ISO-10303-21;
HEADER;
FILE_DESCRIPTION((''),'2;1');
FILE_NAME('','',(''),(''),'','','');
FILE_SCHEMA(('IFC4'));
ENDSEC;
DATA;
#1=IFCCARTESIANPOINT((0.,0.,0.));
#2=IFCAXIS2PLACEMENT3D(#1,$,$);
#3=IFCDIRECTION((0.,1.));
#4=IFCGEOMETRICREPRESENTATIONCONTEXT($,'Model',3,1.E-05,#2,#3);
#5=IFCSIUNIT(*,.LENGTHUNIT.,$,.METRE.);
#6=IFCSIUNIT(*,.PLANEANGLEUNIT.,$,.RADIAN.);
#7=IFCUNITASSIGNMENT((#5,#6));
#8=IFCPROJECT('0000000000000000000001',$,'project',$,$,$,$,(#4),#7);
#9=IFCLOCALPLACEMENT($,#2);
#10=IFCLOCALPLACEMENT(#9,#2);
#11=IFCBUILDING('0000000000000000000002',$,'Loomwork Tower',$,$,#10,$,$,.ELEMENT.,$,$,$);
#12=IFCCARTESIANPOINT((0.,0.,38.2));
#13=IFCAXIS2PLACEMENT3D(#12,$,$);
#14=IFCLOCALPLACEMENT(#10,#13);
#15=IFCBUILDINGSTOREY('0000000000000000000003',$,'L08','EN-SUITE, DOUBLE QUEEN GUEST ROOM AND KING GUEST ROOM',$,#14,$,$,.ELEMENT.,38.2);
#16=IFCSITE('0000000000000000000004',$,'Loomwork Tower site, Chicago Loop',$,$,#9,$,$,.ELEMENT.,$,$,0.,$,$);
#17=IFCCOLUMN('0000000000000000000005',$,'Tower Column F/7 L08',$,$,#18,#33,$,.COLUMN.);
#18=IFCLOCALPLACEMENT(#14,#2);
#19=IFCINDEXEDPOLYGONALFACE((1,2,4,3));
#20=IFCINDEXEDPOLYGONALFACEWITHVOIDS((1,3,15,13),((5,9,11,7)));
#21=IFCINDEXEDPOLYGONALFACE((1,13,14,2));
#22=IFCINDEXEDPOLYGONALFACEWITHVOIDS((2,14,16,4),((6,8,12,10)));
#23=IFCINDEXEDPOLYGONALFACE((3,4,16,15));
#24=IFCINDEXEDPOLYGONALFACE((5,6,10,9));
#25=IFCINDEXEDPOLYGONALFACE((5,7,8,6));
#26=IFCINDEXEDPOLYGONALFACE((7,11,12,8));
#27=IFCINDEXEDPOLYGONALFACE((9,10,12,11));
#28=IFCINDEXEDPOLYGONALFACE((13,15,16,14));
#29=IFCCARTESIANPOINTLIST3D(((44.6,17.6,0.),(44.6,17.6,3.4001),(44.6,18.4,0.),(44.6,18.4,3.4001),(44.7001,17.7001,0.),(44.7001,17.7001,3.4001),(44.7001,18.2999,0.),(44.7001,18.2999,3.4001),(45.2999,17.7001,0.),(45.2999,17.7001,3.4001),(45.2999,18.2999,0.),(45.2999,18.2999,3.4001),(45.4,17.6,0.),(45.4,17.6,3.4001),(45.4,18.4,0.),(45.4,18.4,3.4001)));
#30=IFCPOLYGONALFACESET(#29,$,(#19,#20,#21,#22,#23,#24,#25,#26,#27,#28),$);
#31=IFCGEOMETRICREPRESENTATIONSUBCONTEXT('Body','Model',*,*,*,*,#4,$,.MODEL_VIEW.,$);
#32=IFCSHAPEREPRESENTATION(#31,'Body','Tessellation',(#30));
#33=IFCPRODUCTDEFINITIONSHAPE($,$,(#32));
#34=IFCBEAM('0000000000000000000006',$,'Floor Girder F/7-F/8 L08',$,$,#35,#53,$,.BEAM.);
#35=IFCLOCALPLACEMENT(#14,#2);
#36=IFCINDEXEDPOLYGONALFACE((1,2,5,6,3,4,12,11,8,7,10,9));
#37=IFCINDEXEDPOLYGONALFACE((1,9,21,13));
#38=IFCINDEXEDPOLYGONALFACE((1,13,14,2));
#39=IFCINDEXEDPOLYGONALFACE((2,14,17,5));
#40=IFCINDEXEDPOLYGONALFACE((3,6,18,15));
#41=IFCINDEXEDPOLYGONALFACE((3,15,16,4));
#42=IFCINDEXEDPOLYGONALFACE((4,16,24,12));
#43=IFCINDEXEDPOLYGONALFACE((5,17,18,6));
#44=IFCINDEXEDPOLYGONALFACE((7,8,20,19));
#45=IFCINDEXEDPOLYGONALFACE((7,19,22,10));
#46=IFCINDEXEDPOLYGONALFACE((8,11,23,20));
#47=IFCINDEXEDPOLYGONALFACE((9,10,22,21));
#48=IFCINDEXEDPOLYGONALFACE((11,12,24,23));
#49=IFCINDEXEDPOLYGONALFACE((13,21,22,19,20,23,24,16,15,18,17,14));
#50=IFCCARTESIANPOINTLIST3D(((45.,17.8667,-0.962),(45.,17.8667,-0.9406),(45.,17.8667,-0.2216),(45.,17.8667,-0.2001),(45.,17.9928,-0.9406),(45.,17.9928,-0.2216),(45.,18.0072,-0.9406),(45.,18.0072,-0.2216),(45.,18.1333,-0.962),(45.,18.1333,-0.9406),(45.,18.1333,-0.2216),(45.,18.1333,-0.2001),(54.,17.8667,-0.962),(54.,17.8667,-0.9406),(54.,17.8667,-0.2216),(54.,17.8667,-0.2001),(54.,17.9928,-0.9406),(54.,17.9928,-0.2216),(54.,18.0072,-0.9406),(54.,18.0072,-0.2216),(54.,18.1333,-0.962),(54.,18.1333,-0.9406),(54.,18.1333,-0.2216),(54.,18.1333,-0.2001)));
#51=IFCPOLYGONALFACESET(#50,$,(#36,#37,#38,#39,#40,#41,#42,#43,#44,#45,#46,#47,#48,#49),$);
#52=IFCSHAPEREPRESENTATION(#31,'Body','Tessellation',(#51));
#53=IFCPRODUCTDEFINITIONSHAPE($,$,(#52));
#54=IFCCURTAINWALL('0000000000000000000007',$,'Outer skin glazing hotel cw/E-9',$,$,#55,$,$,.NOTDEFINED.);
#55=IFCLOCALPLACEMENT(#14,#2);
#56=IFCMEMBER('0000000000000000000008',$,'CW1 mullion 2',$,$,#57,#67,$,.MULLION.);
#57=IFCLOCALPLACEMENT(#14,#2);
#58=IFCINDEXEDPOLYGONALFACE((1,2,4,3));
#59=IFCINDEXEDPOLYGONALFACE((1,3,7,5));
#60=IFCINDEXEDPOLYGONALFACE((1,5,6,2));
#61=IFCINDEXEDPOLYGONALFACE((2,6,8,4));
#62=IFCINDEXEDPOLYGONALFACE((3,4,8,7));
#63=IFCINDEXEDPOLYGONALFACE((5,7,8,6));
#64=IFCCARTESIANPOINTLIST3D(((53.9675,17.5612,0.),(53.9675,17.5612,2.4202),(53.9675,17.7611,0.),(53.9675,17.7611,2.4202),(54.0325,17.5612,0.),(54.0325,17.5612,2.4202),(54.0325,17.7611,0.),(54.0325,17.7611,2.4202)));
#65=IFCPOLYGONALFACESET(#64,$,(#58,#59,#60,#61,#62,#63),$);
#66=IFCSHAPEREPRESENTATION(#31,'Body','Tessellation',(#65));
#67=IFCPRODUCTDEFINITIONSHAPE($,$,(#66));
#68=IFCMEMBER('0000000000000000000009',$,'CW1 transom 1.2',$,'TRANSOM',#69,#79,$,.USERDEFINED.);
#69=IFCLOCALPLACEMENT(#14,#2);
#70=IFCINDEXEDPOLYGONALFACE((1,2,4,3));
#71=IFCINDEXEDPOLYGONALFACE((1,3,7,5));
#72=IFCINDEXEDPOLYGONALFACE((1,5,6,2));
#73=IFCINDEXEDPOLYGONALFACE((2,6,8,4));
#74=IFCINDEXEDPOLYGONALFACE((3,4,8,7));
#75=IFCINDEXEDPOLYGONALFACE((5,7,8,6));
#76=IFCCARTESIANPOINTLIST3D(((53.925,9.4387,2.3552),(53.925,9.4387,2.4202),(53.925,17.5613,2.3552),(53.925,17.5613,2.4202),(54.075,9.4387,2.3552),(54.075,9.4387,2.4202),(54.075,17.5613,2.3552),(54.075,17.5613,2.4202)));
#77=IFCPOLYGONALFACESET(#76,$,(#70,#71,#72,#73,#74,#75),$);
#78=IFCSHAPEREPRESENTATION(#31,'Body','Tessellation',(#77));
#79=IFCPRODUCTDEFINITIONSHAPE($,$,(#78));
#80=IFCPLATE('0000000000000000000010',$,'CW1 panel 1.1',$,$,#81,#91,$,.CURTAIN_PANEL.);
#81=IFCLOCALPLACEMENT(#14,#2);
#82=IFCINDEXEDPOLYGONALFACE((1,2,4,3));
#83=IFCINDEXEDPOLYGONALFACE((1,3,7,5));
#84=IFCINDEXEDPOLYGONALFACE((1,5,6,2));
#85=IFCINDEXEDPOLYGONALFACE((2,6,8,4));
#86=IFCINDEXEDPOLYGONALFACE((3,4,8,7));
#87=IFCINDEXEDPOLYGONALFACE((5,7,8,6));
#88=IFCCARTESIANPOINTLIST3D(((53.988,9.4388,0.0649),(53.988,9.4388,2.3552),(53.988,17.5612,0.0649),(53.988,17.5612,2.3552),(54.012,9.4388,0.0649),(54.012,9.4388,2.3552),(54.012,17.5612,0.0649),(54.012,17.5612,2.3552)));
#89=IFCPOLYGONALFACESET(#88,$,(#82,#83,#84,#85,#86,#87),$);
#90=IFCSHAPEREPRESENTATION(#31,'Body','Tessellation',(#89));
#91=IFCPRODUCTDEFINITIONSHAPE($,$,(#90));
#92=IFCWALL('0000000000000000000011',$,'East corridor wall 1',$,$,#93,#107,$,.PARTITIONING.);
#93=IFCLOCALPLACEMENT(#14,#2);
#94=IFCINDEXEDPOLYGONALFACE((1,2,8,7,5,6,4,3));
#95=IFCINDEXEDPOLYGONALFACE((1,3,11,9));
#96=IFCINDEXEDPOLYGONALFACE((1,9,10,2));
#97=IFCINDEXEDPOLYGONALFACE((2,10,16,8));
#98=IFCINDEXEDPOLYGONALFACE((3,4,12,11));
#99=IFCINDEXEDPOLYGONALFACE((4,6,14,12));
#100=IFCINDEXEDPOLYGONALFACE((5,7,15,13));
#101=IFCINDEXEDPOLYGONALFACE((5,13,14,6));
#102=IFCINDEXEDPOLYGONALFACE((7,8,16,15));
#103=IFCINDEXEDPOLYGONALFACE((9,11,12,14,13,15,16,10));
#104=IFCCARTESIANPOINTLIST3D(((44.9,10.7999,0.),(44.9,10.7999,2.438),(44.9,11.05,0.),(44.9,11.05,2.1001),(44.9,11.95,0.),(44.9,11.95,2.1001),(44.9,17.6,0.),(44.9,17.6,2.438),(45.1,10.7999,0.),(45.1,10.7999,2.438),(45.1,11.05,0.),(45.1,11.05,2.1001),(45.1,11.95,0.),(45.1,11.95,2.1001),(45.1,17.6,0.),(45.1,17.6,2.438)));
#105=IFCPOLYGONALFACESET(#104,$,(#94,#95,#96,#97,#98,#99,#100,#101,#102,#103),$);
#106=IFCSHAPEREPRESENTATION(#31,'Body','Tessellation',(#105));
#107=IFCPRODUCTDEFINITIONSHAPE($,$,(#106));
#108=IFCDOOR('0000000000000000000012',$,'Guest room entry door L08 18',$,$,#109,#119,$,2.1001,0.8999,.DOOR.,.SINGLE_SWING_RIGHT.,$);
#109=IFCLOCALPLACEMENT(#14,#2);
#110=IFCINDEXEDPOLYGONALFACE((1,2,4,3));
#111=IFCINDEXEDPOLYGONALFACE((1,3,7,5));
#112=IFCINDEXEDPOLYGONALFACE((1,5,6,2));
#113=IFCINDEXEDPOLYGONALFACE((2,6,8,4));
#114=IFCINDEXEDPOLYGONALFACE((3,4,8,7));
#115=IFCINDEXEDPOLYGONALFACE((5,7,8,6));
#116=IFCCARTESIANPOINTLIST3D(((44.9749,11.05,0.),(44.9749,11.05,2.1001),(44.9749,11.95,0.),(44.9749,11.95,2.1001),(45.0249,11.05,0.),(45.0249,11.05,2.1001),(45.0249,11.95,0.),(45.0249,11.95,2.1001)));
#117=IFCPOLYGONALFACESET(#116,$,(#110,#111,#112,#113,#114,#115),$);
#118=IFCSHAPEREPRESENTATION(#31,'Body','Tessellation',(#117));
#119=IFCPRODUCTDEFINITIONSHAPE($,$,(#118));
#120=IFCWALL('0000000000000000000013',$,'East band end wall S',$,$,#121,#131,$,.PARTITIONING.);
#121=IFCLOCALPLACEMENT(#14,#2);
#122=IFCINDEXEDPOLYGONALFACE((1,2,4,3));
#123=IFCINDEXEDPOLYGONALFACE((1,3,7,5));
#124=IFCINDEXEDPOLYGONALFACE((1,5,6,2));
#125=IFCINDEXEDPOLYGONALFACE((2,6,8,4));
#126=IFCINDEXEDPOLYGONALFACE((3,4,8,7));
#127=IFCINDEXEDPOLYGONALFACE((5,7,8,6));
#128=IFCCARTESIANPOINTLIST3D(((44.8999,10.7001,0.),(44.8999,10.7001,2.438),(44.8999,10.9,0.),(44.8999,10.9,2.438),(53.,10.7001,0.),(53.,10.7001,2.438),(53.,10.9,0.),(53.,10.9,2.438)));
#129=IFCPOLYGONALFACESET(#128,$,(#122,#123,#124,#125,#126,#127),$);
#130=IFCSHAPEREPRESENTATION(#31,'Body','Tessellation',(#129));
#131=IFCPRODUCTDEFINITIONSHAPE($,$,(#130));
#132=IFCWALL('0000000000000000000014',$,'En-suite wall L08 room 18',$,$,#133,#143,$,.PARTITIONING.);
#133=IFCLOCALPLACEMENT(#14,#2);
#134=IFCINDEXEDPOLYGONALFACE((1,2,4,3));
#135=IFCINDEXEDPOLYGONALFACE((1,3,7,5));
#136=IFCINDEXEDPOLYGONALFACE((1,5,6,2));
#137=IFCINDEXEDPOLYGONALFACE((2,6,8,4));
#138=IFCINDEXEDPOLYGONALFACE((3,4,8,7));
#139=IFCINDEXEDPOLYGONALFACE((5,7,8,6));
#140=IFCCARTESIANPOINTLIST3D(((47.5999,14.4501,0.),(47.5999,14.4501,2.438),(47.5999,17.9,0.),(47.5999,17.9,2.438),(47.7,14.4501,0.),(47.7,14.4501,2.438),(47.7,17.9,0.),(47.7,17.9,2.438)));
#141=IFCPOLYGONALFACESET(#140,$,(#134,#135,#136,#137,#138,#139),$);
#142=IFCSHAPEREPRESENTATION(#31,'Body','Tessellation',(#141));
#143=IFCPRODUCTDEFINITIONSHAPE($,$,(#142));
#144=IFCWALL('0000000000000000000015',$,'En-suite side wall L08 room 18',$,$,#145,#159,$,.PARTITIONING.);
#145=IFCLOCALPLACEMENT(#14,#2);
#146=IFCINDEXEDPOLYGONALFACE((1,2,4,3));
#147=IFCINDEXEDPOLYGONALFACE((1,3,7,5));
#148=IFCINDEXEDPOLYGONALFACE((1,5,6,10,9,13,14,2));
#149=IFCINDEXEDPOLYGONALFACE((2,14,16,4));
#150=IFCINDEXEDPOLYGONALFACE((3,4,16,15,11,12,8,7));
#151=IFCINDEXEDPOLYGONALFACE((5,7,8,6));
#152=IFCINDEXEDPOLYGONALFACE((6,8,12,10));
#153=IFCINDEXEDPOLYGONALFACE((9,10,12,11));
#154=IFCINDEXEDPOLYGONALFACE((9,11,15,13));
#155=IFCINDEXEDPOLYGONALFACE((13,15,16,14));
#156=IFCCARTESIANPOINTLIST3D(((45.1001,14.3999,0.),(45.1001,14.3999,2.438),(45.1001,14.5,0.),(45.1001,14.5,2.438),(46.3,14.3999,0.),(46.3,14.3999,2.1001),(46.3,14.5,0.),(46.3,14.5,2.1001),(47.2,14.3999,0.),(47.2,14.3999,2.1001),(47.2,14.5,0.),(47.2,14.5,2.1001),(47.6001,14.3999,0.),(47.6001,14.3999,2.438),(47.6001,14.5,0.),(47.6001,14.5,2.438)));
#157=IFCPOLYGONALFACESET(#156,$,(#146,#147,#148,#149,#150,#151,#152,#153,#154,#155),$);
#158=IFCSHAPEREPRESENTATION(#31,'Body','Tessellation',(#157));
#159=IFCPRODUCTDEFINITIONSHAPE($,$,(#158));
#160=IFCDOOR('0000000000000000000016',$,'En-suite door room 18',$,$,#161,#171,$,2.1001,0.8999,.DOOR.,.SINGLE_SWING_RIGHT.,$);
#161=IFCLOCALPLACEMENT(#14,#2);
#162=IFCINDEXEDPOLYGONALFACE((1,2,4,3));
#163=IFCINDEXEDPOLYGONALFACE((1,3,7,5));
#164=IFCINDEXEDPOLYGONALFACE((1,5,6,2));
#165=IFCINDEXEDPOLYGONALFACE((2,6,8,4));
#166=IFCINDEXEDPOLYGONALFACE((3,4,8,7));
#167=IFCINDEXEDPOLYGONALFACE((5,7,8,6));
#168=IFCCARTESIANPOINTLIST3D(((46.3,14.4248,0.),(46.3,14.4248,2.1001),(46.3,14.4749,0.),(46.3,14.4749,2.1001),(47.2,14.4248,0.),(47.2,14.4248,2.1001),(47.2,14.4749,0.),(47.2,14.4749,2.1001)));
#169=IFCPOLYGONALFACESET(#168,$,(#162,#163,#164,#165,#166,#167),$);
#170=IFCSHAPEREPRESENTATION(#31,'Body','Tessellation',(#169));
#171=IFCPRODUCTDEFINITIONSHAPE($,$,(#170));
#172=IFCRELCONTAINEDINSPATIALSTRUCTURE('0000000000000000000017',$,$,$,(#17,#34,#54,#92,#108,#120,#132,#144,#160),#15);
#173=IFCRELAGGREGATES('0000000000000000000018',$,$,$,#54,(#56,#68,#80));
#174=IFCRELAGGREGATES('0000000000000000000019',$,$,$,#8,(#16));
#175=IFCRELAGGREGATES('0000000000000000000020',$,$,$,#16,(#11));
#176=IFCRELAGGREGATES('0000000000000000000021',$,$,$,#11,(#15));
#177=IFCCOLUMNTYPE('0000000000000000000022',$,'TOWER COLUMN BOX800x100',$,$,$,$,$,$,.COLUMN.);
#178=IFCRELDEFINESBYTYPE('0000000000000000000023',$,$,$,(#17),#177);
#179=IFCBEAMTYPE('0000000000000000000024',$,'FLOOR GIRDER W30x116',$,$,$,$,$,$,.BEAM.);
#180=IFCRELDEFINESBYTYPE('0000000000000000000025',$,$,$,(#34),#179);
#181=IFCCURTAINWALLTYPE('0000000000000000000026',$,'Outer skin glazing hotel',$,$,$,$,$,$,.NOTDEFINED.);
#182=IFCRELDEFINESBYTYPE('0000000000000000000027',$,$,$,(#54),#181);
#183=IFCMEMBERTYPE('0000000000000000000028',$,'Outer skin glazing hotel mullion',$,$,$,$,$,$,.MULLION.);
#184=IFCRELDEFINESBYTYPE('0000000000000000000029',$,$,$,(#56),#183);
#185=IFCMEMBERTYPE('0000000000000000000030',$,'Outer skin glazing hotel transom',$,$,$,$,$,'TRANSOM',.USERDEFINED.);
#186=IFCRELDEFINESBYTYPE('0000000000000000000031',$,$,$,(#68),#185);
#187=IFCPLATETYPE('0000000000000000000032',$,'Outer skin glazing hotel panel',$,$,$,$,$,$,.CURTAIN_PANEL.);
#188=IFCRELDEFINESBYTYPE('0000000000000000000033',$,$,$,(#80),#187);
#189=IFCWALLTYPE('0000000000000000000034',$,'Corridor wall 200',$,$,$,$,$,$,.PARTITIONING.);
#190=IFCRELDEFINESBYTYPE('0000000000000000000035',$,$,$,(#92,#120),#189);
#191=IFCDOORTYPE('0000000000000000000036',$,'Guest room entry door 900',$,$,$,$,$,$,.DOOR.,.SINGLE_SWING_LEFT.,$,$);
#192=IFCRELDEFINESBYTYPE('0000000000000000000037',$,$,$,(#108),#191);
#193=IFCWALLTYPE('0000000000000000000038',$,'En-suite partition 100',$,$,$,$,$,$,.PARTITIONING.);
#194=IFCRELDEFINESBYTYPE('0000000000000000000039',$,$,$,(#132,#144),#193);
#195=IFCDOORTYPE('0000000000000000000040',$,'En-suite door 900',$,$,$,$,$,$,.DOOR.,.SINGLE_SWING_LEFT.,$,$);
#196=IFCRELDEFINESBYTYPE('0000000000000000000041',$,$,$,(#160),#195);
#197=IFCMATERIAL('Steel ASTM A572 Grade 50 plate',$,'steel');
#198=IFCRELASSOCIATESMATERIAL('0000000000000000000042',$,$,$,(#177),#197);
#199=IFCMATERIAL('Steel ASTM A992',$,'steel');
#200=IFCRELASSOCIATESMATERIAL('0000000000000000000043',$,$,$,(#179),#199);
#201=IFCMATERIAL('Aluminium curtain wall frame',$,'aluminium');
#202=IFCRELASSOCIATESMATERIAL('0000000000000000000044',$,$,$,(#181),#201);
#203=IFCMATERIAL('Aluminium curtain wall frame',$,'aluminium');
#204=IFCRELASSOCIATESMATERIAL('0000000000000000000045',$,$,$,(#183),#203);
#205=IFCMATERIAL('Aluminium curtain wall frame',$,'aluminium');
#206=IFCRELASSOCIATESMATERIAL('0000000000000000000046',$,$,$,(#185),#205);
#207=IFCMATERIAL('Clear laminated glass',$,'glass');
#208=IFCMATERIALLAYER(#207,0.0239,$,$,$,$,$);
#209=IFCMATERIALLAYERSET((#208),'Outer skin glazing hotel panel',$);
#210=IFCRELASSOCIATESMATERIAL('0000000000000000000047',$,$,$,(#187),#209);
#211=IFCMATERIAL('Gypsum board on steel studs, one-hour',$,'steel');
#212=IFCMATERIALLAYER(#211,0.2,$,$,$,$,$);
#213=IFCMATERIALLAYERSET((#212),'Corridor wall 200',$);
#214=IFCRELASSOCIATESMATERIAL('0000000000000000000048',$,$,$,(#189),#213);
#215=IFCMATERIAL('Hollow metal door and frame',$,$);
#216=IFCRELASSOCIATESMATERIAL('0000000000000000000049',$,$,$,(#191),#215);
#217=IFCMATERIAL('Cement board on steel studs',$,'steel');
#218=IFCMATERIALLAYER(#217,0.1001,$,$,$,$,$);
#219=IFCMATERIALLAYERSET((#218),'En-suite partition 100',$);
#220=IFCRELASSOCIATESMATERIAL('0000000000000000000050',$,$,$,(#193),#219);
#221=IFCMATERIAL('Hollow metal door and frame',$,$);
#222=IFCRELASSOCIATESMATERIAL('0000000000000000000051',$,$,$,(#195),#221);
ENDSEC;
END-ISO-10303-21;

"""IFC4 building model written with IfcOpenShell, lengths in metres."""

from ifc_helpers import new_model, si_unit, direction, frame, frame_2d, origin, origin_2d, place, context, subcontext, project, spatial, rectangle, hollow_rectangle, i_section, extrude, material, layer, layer_set, material_profile, profile_set, type_object, element, fill, aggregate, save


model = new_model("IFC4")

# Units and contexts
model_context = context("Model", 3, precision=1e-05, world=origin(), true_north=direction((0.0, 1.0)))
body_context = subcontext(model_context, "Body", "Model", "MODEL_VIEW")
ifc_project = project(units=[si_unit("LENGTHUNIT", "METRE"), si_unit("PLANEANGLEUNIT", "RADIAN")], contexts=[model_context])

# Site, building, storey
site_placement = place(None, origin())
site = spatial("IfcSite", under=ifc_project, at=site_placement, Name="Loomwork Tower site, Chicago Loop", CompositionType="ELEMENT", RefElevation=0.0)
building_placement = place(site_placement, origin())
building = spatial("IfcBuilding", under=site, at=building_placement, Name="Loomwork Tower", CompositionType="ELEMENT")
storey_placement = place(building_placement, frame((0.0, 0.0, 38.2)))
storey = spatial("IfcBuildingStorey", under=building, at=storey_placement, Name="L08", Description="EN-SUITE, DOUBLE QUEEN GUEST ROOM AND KING GUEST ROOM", CompositionType="ELEMENT", Elevation=38.2)

# Column
ifc_material_1 = material(Name="Steel ASTM A572 Grade 50 plate", Category="steel")
ifc_material_profile_1 = material_profile(ifc_material_1, hollow_rectangle(XDim=0.8, YDim=0.8, WallThickness=0.1001, at=origin_2d()), Name="BOX800x100")
ifc_profile_set_1 = profile_set([ifc_material_profile_1], Name="Steel ASTM A572 Grade 50 plate")
column_type = type_object("IfcColumnType", Name="TOWER COLUMN BOX800x100", PredefinedType="COLUMN", material=ifc_profile_set_1)
column_placement = place(storey_placement, frame((45.0, 18.0, 0.0), z_axis=(0.0, 0.0, 1.0), x_axis=(0.0, 1.0, 0.0)))
element("IfcColumn", 1, at=column_placement, inside=storey, type_object=column_type, Name="Tower Column F/7 L08", PredefinedType="COLUMN", context=body_context, shape_type="SweptSolid", body=[
    extrude(hollow_rectangle(XDim=0.8, YDim=0.8, WallThickness=0.1001, at=origin_2d()), origin(), (0.0, 0.0, 1.0), 3.4001),
])

# Beam
ifc_material_2 = material(Name="Steel ASTM A992", Category="steel")
ifc_material_profile_2 = material_profile(ifc_material_2, i_section(OverallWidth=0.2666, OverallDepth=0.762, WebThickness=0.0144, FlangeThickness=0.0215, at=origin_2d()), Name="W30x116")
ifc_profile_set_2 = profile_set([ifc_material_profile_2], Name="Steel ASTM A992")
beam_type = type_object("IfcBeamType", Name="FLOOR GIRDER W30x116", PredefinedType="BEAM", material=ifc_profile_set_2)
beam_placement = place(storey_placement, frame((45.0, 18.0, -0.5811), z_axis=(1.0, 0.0, 0.0), x_axis=(0.0, 1.0, 0.0)))
element("IfcBeam", 2, at=beam_placement, inside=storey, type_object=beam_type, Name="Floor Girder F/7-F/8 L08", PredefinedType="BEAM", context=body_context, shape_type="SweptSolid", body=[
    extrude(i_section(OverallWidth=0.2666, OverallDepth=0.762, WebThickness=0.0144, FlangeThickness=0.0215, at=origin_2d()), origin(), (0.0, 0.0, 1.0), 9.0),
])

# Curtain wall, members, plate
ifc_material_3 = material(Name="Aluminium curtain wall frame", Category="aluminium")
curtain_wall_type = type_object("IfcCurtainWallType", Name="Outer skin glazing hotel", PredefinedType="NOTDEFINED", material=ifc_material_3)
curtain_wall_placement = place(storey_placement, origin())
curtain_wall = element("IfcCurtainWall", 3, at=curtain_wall_placement, inside=storey, type_object=curtain_wall_type, Name="Outer skin glazing hotel cw/E-9", PredefinedType="NOTDEFINED")
ifc_material_4 = material(Name="Aluminium curtain wall frame", Category="aluminium")
ifc_material_profile_3 = material_profile(ifc_material_4, rectangle(XDim=0.0649, YDim=0.2, at=origin_2d()), Name="AL 65x200")
ifc_profile_set_3 = profile_set([ifc_material_profile_3], Name="Aluminium curtain wall frame")
member_type_1 = type_object("IfcMemberType", Name="Outer skin glazing hotel mullion", PredefinedType="MULLION", material=ifc_profile_set_3)
member_1_placement = place(storey_placement, frame((54.0, 17.6611, 0.0), z_axis=(0.0, 0.0, 1.0), x_axis=(-1.0, 0.0, 0.0)))
member_1 = element("IfcMember", 4, at=member_1_placement, type_object=member_type_1, Name="CW1 mullion 2", PredefinedType="MULLION", context=body_context, shape_type="SweptSolid", body=[
    extrude(rectangle(XDim=0.0649, YDim=0.2, at=origin_2d()), origin(), (0.0, 0.0, 1.0), 2.4202),
])
ifc_material_5 = material(Name="Aluminium curtain wall frame", Category="aluminium")
ifc_material_profile_4 = material_profile(ifc_material_5, rectangle(XDim=0.1499, YDim=0.0649, at=origin_2d()), Name="AL 65x150")
ifc_profile_set_4 = profile_set([ifc_material_profile_4], Name="Aluminium curtain wall frame")
member_type_2 = type_object("IfcMemberType", Name="Outer skin glazing hotel transom", ElementType="TRANSOM", PredefinedType="USERDEFINED", material=ifc_profile_set_4)
member_2_placement = place(storey_placement, frame((54.0, 9.4387, 2.3877), z_axis=(0.0, 1.0, 0.0), x_axis=(-1.0, 0.0, 0.0)))
member_2 = element("IfcMember", 5, at=member_2_placement, type_object=member_type_2, Name="CW1 transom 1.2", ObjectType="TRANSOM", PredefinedType="USERDEFINED", context=body_context, shape_type="SweptSolid", body=[
    extrude(rectangle(XDim=0.1499, YDim=0.0649, at=origin_2d()), origin(), (0.0, 0.0, 1.0), 8.1226),
])
ifc_material_6 = material(Name="Clear laminated glass", Category="glass")
ifc_layer_1 = layer(ifc_material_6, 0.0239)
ifc_layer_set_1 = layer_set([ifc_layer_1], Name="Outer skin glazing hotel panel")
plate_type = type_object("IfcPlateType", Name="Outer skin glazing hotel panel", PredefinedType="CURTAIN_PANEL", material=ifc_layer_set_1)
plate_placement = place(storey_placement, frame((54.0, 13.5, 0.0649), z_axis=(0.0, 0.0, 1.0), x_axis=(0.0, 1.0, 0.0)))
plate = element("IfcPlate", 6, at=plate_placement, type_object=plate_type, Name="CW1 panel 1.1", PredefinedType="CURTAIN_PANEL", context=body_context, shape_type="SweptSolid", body=[
    extrude(rectangle(XDim=8.1223, YDim=0.0239, at=origin_2d()), origin(), (0.0, 0.0, 1.0), 2.2903),
])
aggregate(curtain_wall, [member_1, member_2, plate])

# Wall, opening, door
ifc_material_7 = material(Name="Gypsum board on steel studs, one-hour", Category="steel")
ifc_layer_2 = layer(ifc_material_7, 0.2)
ifc_layer_set_2 = layer_set([ifc_layer_2], Name="Corridor wall 200")
wall_type_1 = type_object("IfcWallType", Name="Corridor wall 200", PredefinedType="PARTITIONING", material=ifc_layer_set_2)
wall_1_placement = place(storey_placement, frame((45.0, 10.8, 0.0), z_axis=(0.0, 0.0, 1.0), x_axis=(0.0, 1.0, 0.0)))
wall_1 = element("IfcWall", 7, at=wall_1_placement, inside=storey, type_object=wall_type_1, Name="East corridor wall 1", PredefinedType="PARTITIONING", context=body_context, shape_type="SweptSolid", body=[
    extrude(rectangle(XDim=6.8, YDim=0.2, at=frame_2d((3.3999, 0.0))), origin(), (0.0, 0.0, 1.0), 2.438),
])
opening_1_placement = place(wall_1_placement, frame((0.25, 0.0, 0.0)))
opening_1 = element("IfcOpeningElement", 8, at=opening_1_placement, cuts=wall_1, PredefinedType="OPENING", context=body_context, shape_type="SweptSolid", body=[
    extrude(rectangle(XDim=0.8999, YDim=2.1001, at=frame_2d((0.45, 1.05))), frame((0.0, 0.1099, 0.0), z_axis=(0.0, -1.0, 0.0), x_axis=(1.0, 0.0, 0.0)), (0.0, 0.0, 1.0), 0.22),
])
ifc_material_8 = material(Name="Hollow metal door and frame")
door_type_1 = type_object("IfcDoorType", Name="Guest room entry door 900", OperationType="SINGLE_SWING_LEFT", PredefinedType="DOOR", material=ifc_material_8)
door_1_placement = place(opening_1_placement, frame((0.8999, 0.0, 0.0), z_axis=(0.0, 0.0, 1.0), x_axis=(-1.0, 0.0, 0.0)))
door_1 = element("IfcDoor", 9, at=door_1_placement, inside=storey, type_object=door_type_1, Name="Guest room entry door L08 18", OperationType="SINGLE_SWING_RIGHT", OverallHeight=2.1001, OverallWidth=0.8999, PredefinedType="DOOR", context=body_context, shape_type="SweptSolid", body=[
    extrude(rectangle(XDim=0.8999, YDim=2.1001, at=frame_2d((0.45, 1.05))), frame((0.0, 0.0249, 0.0), z_axis=(0.0, -1.0, 0.0), x_axis=(1.0, 0.0, 0.0)), (0.0, 0.0, 1.0), 0.05),
])
fill(opening_1, door_1)

# Walls
wall_2_placement = place(storey_placement, frame((44.8999, 10.8, 0.0), z_axis=(0.0, 0.0, 1.0), x_axis=(1.0, 0.0, 0.0)))
element("IfcWall", 10, at=wall_2_placement, inside=storey, type_object=wall_type_1, Name="East band end wall S", PredefinedType="PARTITIONING", context=body_context, shape_type="SweptSolid", body=[
    extrude(rectangle(XDim=8.1001, YDim=0.2, at=frame_2d((4.05, 0.0))), origin(), (0.0, 0.0, 1.0), 2.438),
])
ifc_material_9 = material(Name="Cement board on steel studs", Category="steel")
ifc_layer_3 = layer(ifc_material_9, 0.1001)
ifc_layer_set_3 = layer_set([ifc_layer_3], Name="En-suite partition 100")
wall_type_2 = type_object("IfcWallType", Name="En-suite partition 100", PredefinedType="PARTITIONING", material=ifc_layer_set_3)
wall_3_placement = place(storey_placement, frame((47.6499, 14.45, 0.0), z_axis=(0.0, 0.0, 1.0), x_axis=(0.0, 1.0, 0.0)))
element("IfcWall", 11, at=wall_3_placement, inside=storey, type_object=wall_type_2, Name="En-suite wall L08 room 18", PredefinedType="PARTITIONING", context=body_context, shape_type="SweptSolid", body=[
    extrude(rectangle(XDim=3.45, YDim=0.1001, at=frame_2d((1.7251, 0.0))), origin(), (0.0, 0.0, 1.0), 2.438),
])

# Wall, opening, door
wall_4_placement = place(storey_placement, frame((45.1001, 14.45, 0.0), z_axis=(0.0, 0.0, 1.0), x_axis=(1.0, 0.0, 0.0)))
wall_4 = element("IfcWall", 12, at=wall_4_placement, inside=storey, type_object=wall_type_2, Name="En-suite side wall L08 room 18", PredefinedType="PARTITIONING", context=body_context, shape_type="SweptSolid", body=[
    extrude(rectangle(XDim=2.5, YDim=0.1001, at=frame_2d((1.25, 0.0))), origin(), (0.0, 0.0, 1.0), 2.438),
])
opening_2_placement = place(wall_4_placement, frame((1.2, 0.0, 0.0)))
opening_2 = element("IfcOpeningElement", 13, at=opening_2_placement, cuts=wall_4, PredefinedType="OPENING", context=body_context, shape_type="SweptSolid", body=[
    extrude(rectangle(XDim=0.8999, YDim=2.1001, at=frame_2d((0.45, 1.05))), frame((0.0, 0.0601, 0.0), z_axis=(0.0, -1.0, 0.0), x_axis=(1.0, 0.0, 0.0)), (0.0, 0.0, 1.0), 0.1201),
])
ifc_material_10 = material(Name="Hollow metal door and frame")
door_type_2 = type_object("IfcDoorType", Name="En-suite door 900", OperationType="SINGLE_SWING_LEFT", PredefinedType="DOOR", material=ifc_material_10)
door_2_placement = place(opening_2_placement, origin())
door_2 = element("IfcDoor", 14, at=door_2_placement, inside=storey, type_object=door_type_2, Name="En-suite door room 18", OperationType="SINGLE_SWING_RIGHT", OverallHeight=2.1001, OverallWidth=0.8999, PredefinedType="DOOR", context=body_context, shape_type="SweptSolid", body=[
    extrude(rectangle(XDim=0.8999, YDim=2.1001, at=frame_2d((0.45, 1.05))), frame((0.0, 0.0249, 0.0), z_axis=(0.0, -1.0, 0.0), x_axis=(1.0, 0.0, 0.0)), (0.0, 0.0, 1.0), 0.05),
])
fill(opening_2, door_2)

save(model, "model.ifc")
